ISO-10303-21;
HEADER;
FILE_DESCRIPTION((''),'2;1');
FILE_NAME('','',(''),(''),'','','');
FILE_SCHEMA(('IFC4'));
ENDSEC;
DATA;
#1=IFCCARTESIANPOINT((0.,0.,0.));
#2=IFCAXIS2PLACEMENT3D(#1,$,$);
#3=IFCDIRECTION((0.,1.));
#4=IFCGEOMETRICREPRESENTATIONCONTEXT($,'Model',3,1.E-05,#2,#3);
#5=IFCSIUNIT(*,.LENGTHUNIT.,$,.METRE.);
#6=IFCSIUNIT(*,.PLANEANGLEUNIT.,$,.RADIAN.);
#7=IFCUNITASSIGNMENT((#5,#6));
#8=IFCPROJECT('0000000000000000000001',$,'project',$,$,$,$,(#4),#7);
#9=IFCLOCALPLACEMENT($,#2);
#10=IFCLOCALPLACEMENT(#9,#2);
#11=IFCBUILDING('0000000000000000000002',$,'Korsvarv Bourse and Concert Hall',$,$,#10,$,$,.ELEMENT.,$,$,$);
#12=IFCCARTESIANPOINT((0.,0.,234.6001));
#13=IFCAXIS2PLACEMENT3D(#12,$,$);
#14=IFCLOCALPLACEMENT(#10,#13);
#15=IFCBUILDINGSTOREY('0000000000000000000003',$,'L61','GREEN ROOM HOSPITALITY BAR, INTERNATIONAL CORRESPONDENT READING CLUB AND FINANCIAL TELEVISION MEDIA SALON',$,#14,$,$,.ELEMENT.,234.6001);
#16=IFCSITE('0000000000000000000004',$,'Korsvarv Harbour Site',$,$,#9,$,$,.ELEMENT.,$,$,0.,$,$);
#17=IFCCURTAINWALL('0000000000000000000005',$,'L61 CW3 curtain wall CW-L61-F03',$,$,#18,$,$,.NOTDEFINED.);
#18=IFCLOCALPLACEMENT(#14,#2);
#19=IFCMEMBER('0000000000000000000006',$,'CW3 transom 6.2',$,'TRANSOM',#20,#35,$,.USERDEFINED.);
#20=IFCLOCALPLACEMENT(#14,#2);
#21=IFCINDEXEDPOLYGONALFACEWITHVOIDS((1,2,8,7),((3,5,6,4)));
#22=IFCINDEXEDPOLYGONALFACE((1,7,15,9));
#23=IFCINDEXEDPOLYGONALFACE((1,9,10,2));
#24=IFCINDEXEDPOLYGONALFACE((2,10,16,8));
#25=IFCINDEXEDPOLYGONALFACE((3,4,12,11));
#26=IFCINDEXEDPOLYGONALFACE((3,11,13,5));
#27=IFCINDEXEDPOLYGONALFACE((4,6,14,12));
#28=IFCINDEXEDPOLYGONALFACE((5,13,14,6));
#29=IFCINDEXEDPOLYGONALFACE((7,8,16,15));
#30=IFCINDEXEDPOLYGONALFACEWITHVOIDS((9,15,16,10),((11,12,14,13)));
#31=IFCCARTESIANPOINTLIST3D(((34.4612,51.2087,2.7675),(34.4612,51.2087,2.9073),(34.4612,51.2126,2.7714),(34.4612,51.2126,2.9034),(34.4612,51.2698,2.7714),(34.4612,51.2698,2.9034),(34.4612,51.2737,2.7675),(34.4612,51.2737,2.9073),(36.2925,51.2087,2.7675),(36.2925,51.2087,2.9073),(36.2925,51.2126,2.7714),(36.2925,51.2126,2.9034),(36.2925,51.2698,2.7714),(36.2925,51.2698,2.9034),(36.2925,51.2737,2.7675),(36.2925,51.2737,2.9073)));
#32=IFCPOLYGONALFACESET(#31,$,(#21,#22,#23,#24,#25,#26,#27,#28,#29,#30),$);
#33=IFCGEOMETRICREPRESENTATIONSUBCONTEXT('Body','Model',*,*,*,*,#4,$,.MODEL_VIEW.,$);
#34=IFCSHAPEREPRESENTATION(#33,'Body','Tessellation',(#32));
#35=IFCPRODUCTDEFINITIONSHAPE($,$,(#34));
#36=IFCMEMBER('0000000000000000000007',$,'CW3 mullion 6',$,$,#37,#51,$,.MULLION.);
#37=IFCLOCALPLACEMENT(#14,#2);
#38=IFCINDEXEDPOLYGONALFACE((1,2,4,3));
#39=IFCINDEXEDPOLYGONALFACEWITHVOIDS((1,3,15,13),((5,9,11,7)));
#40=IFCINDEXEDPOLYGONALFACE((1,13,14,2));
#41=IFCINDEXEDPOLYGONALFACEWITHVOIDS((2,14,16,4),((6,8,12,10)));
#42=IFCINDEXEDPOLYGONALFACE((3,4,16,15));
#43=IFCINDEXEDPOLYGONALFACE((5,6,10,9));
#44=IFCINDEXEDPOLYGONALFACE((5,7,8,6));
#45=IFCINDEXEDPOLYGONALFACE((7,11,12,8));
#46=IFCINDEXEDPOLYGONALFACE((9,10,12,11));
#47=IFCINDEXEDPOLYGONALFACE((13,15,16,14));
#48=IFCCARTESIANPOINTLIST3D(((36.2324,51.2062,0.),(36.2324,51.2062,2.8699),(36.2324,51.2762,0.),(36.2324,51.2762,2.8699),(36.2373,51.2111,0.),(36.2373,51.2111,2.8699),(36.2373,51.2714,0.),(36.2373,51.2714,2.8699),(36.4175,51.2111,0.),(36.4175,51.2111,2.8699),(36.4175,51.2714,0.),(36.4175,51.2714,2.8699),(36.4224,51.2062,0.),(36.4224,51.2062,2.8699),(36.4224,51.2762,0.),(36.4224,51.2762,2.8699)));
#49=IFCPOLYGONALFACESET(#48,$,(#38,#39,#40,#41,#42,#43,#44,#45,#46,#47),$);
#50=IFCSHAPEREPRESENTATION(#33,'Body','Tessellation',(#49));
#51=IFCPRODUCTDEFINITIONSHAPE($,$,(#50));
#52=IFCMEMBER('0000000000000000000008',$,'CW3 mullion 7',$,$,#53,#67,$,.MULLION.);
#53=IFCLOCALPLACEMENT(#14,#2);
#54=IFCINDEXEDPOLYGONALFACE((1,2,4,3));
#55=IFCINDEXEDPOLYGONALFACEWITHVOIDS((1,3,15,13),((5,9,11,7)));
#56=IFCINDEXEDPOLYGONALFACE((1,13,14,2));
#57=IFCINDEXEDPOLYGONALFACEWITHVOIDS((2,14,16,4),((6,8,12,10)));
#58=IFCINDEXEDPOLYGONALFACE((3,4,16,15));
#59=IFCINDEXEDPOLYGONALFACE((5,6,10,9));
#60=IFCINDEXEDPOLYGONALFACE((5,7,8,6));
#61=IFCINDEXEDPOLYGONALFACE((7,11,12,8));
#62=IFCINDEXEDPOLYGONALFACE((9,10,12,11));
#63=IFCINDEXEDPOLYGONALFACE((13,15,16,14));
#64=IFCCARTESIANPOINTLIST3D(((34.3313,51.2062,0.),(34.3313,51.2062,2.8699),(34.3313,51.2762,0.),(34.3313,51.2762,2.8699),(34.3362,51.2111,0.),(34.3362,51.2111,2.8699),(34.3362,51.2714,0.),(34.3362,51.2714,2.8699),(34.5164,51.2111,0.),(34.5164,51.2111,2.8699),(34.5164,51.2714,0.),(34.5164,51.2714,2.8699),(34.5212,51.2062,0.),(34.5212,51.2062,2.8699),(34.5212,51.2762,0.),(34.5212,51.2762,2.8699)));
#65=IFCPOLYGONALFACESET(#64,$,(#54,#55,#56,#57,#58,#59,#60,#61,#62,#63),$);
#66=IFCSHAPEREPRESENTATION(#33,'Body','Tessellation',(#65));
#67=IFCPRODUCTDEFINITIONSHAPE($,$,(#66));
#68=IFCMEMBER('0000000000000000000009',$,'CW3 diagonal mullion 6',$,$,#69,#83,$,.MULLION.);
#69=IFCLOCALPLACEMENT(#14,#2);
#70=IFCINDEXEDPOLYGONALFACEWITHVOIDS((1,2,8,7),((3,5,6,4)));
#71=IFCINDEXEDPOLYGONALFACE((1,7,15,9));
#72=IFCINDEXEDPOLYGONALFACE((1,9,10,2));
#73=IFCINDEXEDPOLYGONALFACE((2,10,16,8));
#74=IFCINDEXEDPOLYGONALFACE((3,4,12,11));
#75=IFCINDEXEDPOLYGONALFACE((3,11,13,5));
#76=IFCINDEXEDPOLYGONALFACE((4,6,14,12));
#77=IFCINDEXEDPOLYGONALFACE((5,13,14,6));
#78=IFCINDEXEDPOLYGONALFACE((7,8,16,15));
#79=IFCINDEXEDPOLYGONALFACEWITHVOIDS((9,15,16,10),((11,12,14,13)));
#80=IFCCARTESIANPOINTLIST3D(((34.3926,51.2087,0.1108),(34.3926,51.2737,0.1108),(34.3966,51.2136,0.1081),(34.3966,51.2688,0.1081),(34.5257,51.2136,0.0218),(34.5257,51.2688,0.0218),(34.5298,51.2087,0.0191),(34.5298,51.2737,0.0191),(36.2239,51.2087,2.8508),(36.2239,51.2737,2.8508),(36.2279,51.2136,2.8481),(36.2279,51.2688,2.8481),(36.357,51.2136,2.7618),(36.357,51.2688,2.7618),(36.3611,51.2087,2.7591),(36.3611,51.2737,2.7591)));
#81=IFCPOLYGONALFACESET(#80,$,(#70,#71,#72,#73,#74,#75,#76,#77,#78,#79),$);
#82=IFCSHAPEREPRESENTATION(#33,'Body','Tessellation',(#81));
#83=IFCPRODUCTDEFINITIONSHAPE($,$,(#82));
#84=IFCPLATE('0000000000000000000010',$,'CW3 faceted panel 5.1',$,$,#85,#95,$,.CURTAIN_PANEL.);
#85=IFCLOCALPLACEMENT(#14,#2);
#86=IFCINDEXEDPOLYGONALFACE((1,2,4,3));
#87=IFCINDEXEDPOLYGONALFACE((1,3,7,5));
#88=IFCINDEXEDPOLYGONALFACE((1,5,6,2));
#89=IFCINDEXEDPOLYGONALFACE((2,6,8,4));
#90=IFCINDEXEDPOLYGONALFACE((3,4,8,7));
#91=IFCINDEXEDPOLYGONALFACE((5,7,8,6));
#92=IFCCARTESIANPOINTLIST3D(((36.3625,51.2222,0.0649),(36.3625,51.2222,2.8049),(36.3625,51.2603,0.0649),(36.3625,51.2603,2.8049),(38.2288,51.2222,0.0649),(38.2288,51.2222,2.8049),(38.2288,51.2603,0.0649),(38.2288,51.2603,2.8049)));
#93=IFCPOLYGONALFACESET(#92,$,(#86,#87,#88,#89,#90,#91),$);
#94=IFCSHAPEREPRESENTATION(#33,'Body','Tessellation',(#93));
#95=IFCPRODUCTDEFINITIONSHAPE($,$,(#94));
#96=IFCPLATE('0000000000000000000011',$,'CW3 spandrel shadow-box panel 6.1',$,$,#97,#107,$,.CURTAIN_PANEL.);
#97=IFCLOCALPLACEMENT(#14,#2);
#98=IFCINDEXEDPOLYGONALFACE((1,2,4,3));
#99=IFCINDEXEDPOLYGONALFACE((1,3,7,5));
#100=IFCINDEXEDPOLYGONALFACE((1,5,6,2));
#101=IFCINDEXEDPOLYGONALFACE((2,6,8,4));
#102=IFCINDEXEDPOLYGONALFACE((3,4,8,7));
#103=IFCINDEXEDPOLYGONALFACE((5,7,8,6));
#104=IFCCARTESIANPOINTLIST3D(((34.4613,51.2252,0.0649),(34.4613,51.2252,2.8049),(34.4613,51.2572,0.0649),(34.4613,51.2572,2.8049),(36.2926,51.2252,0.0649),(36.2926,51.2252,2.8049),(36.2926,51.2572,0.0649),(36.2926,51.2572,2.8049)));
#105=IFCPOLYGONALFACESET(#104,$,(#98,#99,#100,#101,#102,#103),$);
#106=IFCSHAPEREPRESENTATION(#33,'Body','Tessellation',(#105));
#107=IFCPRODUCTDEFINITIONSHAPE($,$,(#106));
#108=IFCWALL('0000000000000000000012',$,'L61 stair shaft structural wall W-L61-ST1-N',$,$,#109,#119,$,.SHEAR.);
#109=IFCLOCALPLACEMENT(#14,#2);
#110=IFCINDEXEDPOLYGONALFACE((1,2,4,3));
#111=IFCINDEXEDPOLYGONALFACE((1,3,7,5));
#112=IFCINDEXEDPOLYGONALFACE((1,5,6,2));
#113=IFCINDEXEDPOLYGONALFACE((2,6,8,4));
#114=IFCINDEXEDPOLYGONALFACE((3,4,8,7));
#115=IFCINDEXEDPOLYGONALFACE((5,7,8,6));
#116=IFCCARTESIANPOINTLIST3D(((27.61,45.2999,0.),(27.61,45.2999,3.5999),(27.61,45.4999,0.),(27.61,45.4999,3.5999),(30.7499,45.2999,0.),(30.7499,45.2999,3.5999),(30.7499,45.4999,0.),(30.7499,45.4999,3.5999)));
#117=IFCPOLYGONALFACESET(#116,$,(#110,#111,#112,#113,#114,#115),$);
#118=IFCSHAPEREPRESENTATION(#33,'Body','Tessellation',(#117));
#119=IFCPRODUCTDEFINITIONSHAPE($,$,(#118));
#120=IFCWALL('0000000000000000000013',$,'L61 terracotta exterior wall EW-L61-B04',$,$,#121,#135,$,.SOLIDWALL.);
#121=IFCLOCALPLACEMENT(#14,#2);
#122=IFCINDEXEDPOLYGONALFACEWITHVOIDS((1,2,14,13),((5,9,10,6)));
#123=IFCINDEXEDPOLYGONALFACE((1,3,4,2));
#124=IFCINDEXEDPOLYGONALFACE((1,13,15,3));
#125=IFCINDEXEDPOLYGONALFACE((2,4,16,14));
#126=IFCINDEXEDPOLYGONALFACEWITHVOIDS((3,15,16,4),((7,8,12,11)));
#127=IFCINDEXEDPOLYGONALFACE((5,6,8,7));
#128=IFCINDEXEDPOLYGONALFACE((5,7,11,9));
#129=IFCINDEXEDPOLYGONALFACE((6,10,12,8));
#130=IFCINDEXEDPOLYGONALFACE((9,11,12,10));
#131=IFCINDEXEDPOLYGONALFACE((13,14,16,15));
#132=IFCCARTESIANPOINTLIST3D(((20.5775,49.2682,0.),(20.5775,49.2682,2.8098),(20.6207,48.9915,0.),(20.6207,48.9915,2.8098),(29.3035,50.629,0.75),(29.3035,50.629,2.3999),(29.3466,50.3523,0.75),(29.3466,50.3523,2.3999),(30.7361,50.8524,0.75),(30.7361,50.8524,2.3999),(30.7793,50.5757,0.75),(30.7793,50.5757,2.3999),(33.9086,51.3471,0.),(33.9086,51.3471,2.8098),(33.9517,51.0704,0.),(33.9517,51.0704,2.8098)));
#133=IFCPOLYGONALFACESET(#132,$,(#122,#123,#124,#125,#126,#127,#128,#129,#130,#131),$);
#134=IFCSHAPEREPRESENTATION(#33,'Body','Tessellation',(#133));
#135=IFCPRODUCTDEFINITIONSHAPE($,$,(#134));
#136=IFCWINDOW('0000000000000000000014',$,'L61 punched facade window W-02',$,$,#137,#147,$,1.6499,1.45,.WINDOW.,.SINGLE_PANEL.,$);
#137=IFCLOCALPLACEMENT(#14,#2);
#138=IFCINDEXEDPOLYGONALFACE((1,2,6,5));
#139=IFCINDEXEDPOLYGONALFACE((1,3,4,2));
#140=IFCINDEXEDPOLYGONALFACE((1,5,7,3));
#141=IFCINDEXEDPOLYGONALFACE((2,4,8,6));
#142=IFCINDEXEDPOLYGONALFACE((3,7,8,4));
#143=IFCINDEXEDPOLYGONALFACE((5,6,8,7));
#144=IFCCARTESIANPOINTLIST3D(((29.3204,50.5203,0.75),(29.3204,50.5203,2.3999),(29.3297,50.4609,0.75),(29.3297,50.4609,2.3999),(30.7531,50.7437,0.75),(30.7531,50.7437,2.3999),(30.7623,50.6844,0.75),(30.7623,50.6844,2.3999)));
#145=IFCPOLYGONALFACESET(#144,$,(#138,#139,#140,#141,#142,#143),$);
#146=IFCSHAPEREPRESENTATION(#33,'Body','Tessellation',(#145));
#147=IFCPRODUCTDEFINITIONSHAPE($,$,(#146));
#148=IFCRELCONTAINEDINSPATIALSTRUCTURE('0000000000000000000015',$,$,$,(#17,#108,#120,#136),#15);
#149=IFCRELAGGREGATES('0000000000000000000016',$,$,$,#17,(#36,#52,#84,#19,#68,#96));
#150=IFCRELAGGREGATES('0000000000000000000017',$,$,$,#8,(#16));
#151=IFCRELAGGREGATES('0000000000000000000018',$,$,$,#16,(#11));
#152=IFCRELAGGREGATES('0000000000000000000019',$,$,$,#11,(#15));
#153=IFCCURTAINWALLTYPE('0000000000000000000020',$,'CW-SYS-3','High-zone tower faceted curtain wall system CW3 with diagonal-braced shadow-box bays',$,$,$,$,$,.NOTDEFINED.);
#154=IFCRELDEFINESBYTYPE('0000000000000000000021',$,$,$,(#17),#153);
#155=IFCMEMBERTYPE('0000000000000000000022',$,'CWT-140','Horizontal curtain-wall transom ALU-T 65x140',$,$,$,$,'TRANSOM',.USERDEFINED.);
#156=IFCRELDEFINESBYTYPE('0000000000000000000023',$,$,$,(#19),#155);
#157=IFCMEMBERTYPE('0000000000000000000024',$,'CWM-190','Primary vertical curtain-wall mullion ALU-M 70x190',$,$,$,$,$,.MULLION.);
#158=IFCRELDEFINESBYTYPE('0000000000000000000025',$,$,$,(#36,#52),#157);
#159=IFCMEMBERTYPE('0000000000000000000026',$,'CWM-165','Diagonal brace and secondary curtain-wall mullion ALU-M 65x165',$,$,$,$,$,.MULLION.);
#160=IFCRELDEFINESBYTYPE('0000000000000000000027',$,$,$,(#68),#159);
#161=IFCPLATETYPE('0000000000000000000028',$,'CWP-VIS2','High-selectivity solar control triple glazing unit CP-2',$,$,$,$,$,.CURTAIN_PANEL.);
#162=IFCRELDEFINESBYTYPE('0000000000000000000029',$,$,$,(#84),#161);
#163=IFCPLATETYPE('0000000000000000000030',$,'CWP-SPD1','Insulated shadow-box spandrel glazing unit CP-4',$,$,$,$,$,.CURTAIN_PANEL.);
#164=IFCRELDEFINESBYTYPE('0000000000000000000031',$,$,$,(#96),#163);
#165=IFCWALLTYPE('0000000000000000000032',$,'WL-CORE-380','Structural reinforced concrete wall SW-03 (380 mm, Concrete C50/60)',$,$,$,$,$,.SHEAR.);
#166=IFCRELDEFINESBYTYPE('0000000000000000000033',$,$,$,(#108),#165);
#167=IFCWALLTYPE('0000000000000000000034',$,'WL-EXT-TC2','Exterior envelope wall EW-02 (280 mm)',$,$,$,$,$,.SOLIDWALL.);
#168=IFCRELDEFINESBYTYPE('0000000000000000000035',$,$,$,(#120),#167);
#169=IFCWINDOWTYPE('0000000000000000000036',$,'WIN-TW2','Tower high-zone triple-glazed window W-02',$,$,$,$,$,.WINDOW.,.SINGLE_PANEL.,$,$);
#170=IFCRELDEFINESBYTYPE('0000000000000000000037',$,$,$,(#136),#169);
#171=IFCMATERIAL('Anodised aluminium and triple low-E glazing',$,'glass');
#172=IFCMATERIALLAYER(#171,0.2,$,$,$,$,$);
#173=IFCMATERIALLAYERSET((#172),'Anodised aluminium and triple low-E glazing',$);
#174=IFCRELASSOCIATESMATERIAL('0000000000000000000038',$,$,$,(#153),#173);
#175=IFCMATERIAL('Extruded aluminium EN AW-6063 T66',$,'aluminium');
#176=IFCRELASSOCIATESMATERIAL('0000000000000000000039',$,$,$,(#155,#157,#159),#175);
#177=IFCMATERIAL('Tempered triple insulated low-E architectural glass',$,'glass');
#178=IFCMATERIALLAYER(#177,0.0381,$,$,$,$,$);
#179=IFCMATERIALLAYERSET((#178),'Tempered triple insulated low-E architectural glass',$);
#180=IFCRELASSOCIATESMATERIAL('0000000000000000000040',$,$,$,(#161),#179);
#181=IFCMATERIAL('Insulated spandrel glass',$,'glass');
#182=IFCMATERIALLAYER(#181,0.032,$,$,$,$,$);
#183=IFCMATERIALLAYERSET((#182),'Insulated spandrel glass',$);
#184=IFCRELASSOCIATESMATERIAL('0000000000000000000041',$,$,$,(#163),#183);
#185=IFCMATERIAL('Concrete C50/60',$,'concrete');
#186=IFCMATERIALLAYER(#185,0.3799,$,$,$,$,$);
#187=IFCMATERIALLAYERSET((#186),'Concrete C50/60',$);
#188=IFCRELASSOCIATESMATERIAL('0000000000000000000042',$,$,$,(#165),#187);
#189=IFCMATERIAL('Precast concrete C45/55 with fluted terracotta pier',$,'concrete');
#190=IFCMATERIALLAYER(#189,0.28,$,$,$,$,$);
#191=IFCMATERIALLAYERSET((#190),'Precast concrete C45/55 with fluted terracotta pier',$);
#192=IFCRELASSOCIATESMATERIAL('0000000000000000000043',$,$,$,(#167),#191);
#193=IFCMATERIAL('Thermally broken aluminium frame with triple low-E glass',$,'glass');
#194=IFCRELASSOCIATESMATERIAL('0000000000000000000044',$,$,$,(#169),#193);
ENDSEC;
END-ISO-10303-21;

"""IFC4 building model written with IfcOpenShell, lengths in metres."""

from ifc_helpers import new_model, si_unit, direction, frame, frame_2d, origin, origin_2d, place, context, subcontext, project, spatial, rectangle, hollow_rectangle, extrude, source, transform, mapped, material, layer, layer_set, material_profile, profile_set, type_object, element, fill, aggregate, save


model = new_model("IFC4")

# Units and contexts
model_context = context("Model", 3, precision=1e-05, world=origin(), true_north=direction((0.0, 1.0)))
body_context = subcontext(model_context, "Body", "Model", "MODEL_VIEW")
ifc_project = project(units=[si_unit("LENGTHUNIT", "METRE"), si_unit("PLANEANGLEUNIT", "RADIAN")], contexts=[model_context])

# Site, building, storey
site_placement = place(None, origin())
site = spatial("IfcSite", under=ifc_project, at=site_placement, Name="Korsvarv Harbour Site", CompositionType="ELEMENT", RefElevation=0.0)
building_placement = place(site_placement, origin())
building = spatial("IfcBuilding", under=site, at=building_placement, Name="Korsvarv Bourse and Concert Hall", CompositionType="ELEMENT")
storey_placement = place(building_placement, frame((0.0, 0.0, 234.6001)))
storey = spatial("IfcBuildingStorey", under=building, at=storey_placement, Name="L61", Description="GREEN ROOM HOSPITALITY BAR, INTERNATIONAL CORRESPONDENT READING CLUB AND FINANCIAL TELEVISION MEDIA SALON", CompositionType="ELEMENT", Elevation=234.6001)

# Curtain wall, members, plates
ifc_material_1 = material(Name="Anodised aluminium and triple low-E glazing", Category="glass")
ifc_layer_1 = layer(ifc_material_1, 0.2)
ifc_layer_set_1 = layer_set([ifc_layer_1], Name="Anodised aluminium and triple low-E glazing")
curtain_wall_type = type_object("IfcCurtainWallType", Name="CW-SYS-3", Description="High-zone tower faceted curtain wall system CW3 with diagonal-braced shadow-box bays", PredefinedType="NOTDEFINED", material=ifc_layer_set_1)
curtain_wall_placement = place(storey_placement, origin())
curtain_wall = element("IfcCurtainWall", 1, at=curtain_wall_placement, inside=storey, type_object=curtain_wall_type, Name="L61 CW3 curtain wall CW-L61-F03", PredefinedType="NOTDEFINED")
ifc_material_2 = material(Name="Extruded aluminium EN AW-6063 T66", Category="aluminium")
ifc_material_profile_1 = material_profile(ifc_material_2, hollow_rectangle(XDim=0.0649, YDim=0.1399, WallThickness=0.0039, at=origin_2d()), Name="ALU-T 65x140")
ifc_profile_set_1 = profile_set([ifc_material_profile_1], Name="Extruded aluminium EN AW-6063 T66")
member_type_1 = type_object("IfcMemberType", Name="CWT-140", Description="Horizontal curtain-wall transom ALU-T 65x140", ElementType="TRANSOM", PredefinedType="USERDEFINED", material=ifc_profile_set_1)
shared_shape_1 = source(origin(), body_context, "Body", "SweptSolid", [
    extrude(hollow_rectangle(XDim=0.0649, YDim=0.1399, WallThickness=0.0039, at=origin_2d()), origin(), (0.0, 0.0, 1.0), 1.8313),
])
member_1_placement = place(storey_placement, frame((36.2925, 51.2412, 2.8374), z_axis=(-1.0, 0.0, 0.0), x_axis=(0.0, -1.0, 0.0)))
member_1 = element("IfcMember", 2, at=member_1_placement, type_object=member_type_1, Name="CW3 transom 6.2", ObjectType="TRANSOM", PredefinedType="USERDEFINED", context=body_context, shape_type="MappedRepresentation", body=[
    mapped(shared_shape_1, transform((0.0, 0.0, 0.0), scale=1.0)),
])
ifc_material_profile_2 = material_profile(ifc_material_2, hollow_rectangle(XDim=0.0701, YDim=0.1899, WallThickness=0.0049, at=origin_2d()), Name="ALU-M 70x190")
ifc_profile_set_2 = profile_set([ifc_material_profile_2], Name="Extruded aluminium EN AW-6063 T66")
member_type_2 = type_object("IfcMemberType", Name="CWM-190", Description="Primary vertical curtain-wall mullion ALU-M 70x190", PredefinedType="MULLION", material=ifc_profile_set_2)
shared_shape_2 = source(origin(), body_context, "Body", "SweptSolid", [
    extrude(hollow_rectangle(XDim=0.0701, YDim=0.1899, WallThickness=0.0049, at=origin_2d()), origin(), (0.0, 0.0, 1.0), 2.8699),
])
member_2_placement = place(storey_placement, frame((36.3274, 51.2412, 0.0), z_axis=(0.0, 0.0, 1.0), x_axis=(0.0, -1.0, 0.0)))
member_2 = element("IfcMember", 3, at=member_2_placement, type_object=member_type_2, Name="CW3 mullion 6", PredefinedType="MULLION", context=body_context, shape_type="MappedRepresentation", body=[
    mapped(shared_shape_2, transform((0.0, 0.0, 0.0), scale=1.0)),
])
member_3_placement = place(storey_placement, frame((34.4263, 51.2412, 0.0), z_axis=(0.0, 0.0, 1.0), x_axis=(0.0, -1.0, 0.0)))
member_3 = element("IfcMember", 4, at=member_3_placement, type_object=member_type_2, Name="CW3 mullion 7", PredefinedType="MULLION", context=body_context, shape_type="MappedRepresentation", body=[
    mapped(shared_shape_2, transform((0.0, 0.0, 0.0), scale=1.0)),
])
ifc_material_profile_3 = material_profile(ifc_material_2, hollow_rectangle(XDim=0.0649, YDim=0.165, WallThickness=0.0049, at=origin_2d()), Name="ALU-M 65x165")
ifc_profile_set_3 = profile_set([ifc_material_profile_3], Name="Extruded aluminium EN AW-6063 T66")
member_type_3 = type_object("IfcMemberType", Name="CWM-165", Description="Diagonal brace and secondary curtain-wall mullion ALU-M 65x165", PredefinedType="MULLION", material=ifc_profile_set_3)
shared_shape_3 = source(origin(), body_context, "Body", "SweptSolid", [
    extrude(hollow_rectangle(XDim=0.0649, YDim=0.165, WallThickness=0.0049, at=origin_2d()), origin(), (0.0, 0.0, 1.0), 3.2957),
])
member_4_placement = place(storey_placement, frame((34.4612, 51.2412, 0.0649), z_axis=(0.555674, 0.0, 0.8314), x_axis=(0.0, 1.0, 0.0)))
member_4 = element("IfcMember", 5, at=member_4_placement, type_object=member_type_3, Name="CW3 diagonal mullion 6", PredefinedType="MULLION", context=body_context, shape_type="MappedRepresentation", body=[
    mapped(shared_shape_3, transform((0.0, 0.0, 0.0), scale=1.0)),
])
ifc_material_3 = material(Name="Tempered triple insulated low-E architectural glass", Category="glass")
ifc_layer_2 = layer(ifc_material_3, 0.0381)
ifc_layer_set_2 = layer_set([ifc_layer_2], Name="Tempered triple insulated low-E architectural glass")
plate_type_1 = type_object("IfcPlateType", Name="CWP-VIS2", Description="High-selectivity solar control triple glazing unit CP-2", PredefinedType="CURTAIN_PANEL", material=ifc_layer_set_2)
shared_shape_4 = source(origin(), body_context, "Body", "SweptSolid", [
    extrude(rectangle(XDim=1.8662, YDim=0.0381, at=origin_2d()), origin(), (0.0, 0.0, 1.0), 2.74),
])
plate_1_placement = place(storey_placement, frame((37.2957, 51.2412, 0.0649), z_axis=(0.0, 0.0, 1.0), x_axis=(-1.0, 0.0, 0.0)))
plate_1 = element("IfcPlate", 6, at=plate_1_placement, type_object=plate_type_1, Name="CW3 faceted panel 5.1", PredefinedType="CURTAIN_PANEL", context=body_context, shape_type="MappedRepresentation", body=[
    mapped(shared_shape_4, transform((0.0, 0.0, 0.0), scale=1.0)),
])
ifc_material_4 = material(Name="Insulated spandrel glass", Category="glass")
ifc_layer_3 = layer(ifc_material_4, 0.032)
ifc_layer_set_3 = layer_set([ifc_layer_3], Name="Insulated spandrel glass")
plate_type_2 = type_object("IfcPlateType", Name="CWP-SPD1", Description="Insulated shadow-box spandrel glazing unit CP-4", PredefinedType="CURTAIN_PANEL", material=ifc_layer_set_3)
shared_shape_5 = source(origin(), body_context, "Body", "SweptSolid", [
    extrude(rectangle(XDim=1.8313, YDim=0.032, at=origin_2d()), origin(), (0.0, 0.0, 1.0), 2.74),
])
plate_2_placement = place(storey_placement, frame((35.377, 51.2412, 0.0649), z_axis=(0.0, 0.0, 1.0), x_axis=(-1.0, 0.0, 0.0)))
plate_2 = element("IfcPlate", 7, at=plate_2_placement, type_object=plate_type_2, Name="CW3 spandrel shadow-box panel 6.1", PredefinedType="CURTAIN_PANEL", context=body_context, shape_type="MappedRepresentation", body=[
    mapped(shared_shape_5, transform((0.0, 0.0, 0.0), scale=1.0)),
])
aggregate(curtain_wall, [member_2, member_3, plate_1, member_1, member_4, plate_2])

# Wall
ifc_material_5 = material(Name="Concrete C50/60", Category="concrete")
ifc_layer_4 = layer(ifc_material_5, 0.3799)
ifc_layer_set_4 = layer_set([ifc_layer_4], Name="Concrete C50/60")
wall_type_1 = type_object("IfcWallType", Name="WL-CORE-380", Description="Structural reinforced concrete wall SW-03 (380 mm, Concrete C50/60)", PredefinedType="SHEAR", material=ifc_layer_set_4)
wall_1_placement = place(storey_placement, frame((27.6101, 45.3999, 0.0), z_axis=(0.0, 0.0, 1.0), x_axis=(1.0, 0.0, 0.0)))
element("IfcWall", 8, at=wall_1_placement, inside=storey, type_object=wall_type_1, Name="L61 stair shaft structural wall W-L61-ST1-N", PredefinedType="SHEAR", context=body_context, shape_type="SweptSolid", body=[
    extrude(rectangle(XDim=3.1399, YDim=0.2, at=frame_2d((1.5698, 0.0))), origin(), (0.0, 0.0, 1.0), 3.5999),
])

# Wall, opening, window
ifc_material_6 = material(Name="Precast concrete C45/55 with fluted terracotta pier", Category="concrete")
ifc_layer_5 = layer(ifc_material_6, 0.28)
ifc_layer_set_5 = layer_set([ifc_layer_5], Name="Precast concrete C45/55 with fluted terracotta pier")
wall_type_2 = type_object("IfcWallType", Name="WL-EXT-TC2", Description="Exterior envelope wall EW-02 (280 mm)", PredefinedType="SOLIDWALL", material=ifc_layer_set_5)
wall_2_placement = place(storey_placement, frame((33.9302, 51.2087, 0.0), z_axis=(0.0, 0.0, 1.0), x_axis=(-0.988059, -0.154079, 0.0)))
wall_2 = element("IfcWall", 9, at=wall_2_placement, inside=storey, type_object=wall_type_2, Name="L61 terracotta exterior wall EW-L61-B04", PredefinedType="SOLIDWALL", context=body_context, shape_type="SweptSolid", body=[
    extrude(rectangle(XDim=13.4922, YDim=0.28, at=frame_2d((6.7461, 0.0))), origin(), (0.0, 0.0, 1.0), 2.8098),
])
opening_1_placement = place(wall_2_placement, frame((3.2107, 0.0, 0.75)))
opening_1 = element("IfcOpeningElement", 10, at=opening_1_placement, cuts=wall_2, PredefinedType="OPENING", context=body_context, shape_type="SweptSolid", body=[
    extrude(rectangle(XDim=1.45, YDim=1.6499, at=frame_2d((0.7251, 0.825))), frame((0.0, 0.1499, 0.0), z_axis=(0.0, -1.0, 0.0), x_axis=(1.0, 0.0, 0.0)), (0.0, 0.0, 1.0), 0.3),
])
ifc_material_7 = material(Name="Thermally broken aluminium frame with triple low-E glass", Category="glass")
window_type = type_object("IfcWindowType", Name="WIN-TW2", Description="Tower high-zone triple-glazed window W-02", PartitioningType="SINGLE_PANEL", PredefinedType="WINDOW", material=ifc_material_7)
window_placement = place(opening_1_placement, origin())
window = element("IfcWindow", 11, at=window_placement, inside=storey, type_object=window_type, Name="L61 punched facade window W-02", OverallHeight=1.6499, OverallWidth=1.45, PartitioningType="SINGLE_PANEL", PredefinedType="WINDOW", context=body_context, shape_type="SweptSolid", body=[
    extrude(rectangle(XDim=1.45, YDim=1.6499, at=frame_2d((0.7251, 0.825))), frame((0.0, 0.03, 0.0), z_axis=(0.0, -1.0, 0.0), x_axis=(1.0, 0.0, 0.0)), (0.0, 0.0, 1.0), 0.0601),
])
fill(opening_1, window)

save(model, "model.ifc")
